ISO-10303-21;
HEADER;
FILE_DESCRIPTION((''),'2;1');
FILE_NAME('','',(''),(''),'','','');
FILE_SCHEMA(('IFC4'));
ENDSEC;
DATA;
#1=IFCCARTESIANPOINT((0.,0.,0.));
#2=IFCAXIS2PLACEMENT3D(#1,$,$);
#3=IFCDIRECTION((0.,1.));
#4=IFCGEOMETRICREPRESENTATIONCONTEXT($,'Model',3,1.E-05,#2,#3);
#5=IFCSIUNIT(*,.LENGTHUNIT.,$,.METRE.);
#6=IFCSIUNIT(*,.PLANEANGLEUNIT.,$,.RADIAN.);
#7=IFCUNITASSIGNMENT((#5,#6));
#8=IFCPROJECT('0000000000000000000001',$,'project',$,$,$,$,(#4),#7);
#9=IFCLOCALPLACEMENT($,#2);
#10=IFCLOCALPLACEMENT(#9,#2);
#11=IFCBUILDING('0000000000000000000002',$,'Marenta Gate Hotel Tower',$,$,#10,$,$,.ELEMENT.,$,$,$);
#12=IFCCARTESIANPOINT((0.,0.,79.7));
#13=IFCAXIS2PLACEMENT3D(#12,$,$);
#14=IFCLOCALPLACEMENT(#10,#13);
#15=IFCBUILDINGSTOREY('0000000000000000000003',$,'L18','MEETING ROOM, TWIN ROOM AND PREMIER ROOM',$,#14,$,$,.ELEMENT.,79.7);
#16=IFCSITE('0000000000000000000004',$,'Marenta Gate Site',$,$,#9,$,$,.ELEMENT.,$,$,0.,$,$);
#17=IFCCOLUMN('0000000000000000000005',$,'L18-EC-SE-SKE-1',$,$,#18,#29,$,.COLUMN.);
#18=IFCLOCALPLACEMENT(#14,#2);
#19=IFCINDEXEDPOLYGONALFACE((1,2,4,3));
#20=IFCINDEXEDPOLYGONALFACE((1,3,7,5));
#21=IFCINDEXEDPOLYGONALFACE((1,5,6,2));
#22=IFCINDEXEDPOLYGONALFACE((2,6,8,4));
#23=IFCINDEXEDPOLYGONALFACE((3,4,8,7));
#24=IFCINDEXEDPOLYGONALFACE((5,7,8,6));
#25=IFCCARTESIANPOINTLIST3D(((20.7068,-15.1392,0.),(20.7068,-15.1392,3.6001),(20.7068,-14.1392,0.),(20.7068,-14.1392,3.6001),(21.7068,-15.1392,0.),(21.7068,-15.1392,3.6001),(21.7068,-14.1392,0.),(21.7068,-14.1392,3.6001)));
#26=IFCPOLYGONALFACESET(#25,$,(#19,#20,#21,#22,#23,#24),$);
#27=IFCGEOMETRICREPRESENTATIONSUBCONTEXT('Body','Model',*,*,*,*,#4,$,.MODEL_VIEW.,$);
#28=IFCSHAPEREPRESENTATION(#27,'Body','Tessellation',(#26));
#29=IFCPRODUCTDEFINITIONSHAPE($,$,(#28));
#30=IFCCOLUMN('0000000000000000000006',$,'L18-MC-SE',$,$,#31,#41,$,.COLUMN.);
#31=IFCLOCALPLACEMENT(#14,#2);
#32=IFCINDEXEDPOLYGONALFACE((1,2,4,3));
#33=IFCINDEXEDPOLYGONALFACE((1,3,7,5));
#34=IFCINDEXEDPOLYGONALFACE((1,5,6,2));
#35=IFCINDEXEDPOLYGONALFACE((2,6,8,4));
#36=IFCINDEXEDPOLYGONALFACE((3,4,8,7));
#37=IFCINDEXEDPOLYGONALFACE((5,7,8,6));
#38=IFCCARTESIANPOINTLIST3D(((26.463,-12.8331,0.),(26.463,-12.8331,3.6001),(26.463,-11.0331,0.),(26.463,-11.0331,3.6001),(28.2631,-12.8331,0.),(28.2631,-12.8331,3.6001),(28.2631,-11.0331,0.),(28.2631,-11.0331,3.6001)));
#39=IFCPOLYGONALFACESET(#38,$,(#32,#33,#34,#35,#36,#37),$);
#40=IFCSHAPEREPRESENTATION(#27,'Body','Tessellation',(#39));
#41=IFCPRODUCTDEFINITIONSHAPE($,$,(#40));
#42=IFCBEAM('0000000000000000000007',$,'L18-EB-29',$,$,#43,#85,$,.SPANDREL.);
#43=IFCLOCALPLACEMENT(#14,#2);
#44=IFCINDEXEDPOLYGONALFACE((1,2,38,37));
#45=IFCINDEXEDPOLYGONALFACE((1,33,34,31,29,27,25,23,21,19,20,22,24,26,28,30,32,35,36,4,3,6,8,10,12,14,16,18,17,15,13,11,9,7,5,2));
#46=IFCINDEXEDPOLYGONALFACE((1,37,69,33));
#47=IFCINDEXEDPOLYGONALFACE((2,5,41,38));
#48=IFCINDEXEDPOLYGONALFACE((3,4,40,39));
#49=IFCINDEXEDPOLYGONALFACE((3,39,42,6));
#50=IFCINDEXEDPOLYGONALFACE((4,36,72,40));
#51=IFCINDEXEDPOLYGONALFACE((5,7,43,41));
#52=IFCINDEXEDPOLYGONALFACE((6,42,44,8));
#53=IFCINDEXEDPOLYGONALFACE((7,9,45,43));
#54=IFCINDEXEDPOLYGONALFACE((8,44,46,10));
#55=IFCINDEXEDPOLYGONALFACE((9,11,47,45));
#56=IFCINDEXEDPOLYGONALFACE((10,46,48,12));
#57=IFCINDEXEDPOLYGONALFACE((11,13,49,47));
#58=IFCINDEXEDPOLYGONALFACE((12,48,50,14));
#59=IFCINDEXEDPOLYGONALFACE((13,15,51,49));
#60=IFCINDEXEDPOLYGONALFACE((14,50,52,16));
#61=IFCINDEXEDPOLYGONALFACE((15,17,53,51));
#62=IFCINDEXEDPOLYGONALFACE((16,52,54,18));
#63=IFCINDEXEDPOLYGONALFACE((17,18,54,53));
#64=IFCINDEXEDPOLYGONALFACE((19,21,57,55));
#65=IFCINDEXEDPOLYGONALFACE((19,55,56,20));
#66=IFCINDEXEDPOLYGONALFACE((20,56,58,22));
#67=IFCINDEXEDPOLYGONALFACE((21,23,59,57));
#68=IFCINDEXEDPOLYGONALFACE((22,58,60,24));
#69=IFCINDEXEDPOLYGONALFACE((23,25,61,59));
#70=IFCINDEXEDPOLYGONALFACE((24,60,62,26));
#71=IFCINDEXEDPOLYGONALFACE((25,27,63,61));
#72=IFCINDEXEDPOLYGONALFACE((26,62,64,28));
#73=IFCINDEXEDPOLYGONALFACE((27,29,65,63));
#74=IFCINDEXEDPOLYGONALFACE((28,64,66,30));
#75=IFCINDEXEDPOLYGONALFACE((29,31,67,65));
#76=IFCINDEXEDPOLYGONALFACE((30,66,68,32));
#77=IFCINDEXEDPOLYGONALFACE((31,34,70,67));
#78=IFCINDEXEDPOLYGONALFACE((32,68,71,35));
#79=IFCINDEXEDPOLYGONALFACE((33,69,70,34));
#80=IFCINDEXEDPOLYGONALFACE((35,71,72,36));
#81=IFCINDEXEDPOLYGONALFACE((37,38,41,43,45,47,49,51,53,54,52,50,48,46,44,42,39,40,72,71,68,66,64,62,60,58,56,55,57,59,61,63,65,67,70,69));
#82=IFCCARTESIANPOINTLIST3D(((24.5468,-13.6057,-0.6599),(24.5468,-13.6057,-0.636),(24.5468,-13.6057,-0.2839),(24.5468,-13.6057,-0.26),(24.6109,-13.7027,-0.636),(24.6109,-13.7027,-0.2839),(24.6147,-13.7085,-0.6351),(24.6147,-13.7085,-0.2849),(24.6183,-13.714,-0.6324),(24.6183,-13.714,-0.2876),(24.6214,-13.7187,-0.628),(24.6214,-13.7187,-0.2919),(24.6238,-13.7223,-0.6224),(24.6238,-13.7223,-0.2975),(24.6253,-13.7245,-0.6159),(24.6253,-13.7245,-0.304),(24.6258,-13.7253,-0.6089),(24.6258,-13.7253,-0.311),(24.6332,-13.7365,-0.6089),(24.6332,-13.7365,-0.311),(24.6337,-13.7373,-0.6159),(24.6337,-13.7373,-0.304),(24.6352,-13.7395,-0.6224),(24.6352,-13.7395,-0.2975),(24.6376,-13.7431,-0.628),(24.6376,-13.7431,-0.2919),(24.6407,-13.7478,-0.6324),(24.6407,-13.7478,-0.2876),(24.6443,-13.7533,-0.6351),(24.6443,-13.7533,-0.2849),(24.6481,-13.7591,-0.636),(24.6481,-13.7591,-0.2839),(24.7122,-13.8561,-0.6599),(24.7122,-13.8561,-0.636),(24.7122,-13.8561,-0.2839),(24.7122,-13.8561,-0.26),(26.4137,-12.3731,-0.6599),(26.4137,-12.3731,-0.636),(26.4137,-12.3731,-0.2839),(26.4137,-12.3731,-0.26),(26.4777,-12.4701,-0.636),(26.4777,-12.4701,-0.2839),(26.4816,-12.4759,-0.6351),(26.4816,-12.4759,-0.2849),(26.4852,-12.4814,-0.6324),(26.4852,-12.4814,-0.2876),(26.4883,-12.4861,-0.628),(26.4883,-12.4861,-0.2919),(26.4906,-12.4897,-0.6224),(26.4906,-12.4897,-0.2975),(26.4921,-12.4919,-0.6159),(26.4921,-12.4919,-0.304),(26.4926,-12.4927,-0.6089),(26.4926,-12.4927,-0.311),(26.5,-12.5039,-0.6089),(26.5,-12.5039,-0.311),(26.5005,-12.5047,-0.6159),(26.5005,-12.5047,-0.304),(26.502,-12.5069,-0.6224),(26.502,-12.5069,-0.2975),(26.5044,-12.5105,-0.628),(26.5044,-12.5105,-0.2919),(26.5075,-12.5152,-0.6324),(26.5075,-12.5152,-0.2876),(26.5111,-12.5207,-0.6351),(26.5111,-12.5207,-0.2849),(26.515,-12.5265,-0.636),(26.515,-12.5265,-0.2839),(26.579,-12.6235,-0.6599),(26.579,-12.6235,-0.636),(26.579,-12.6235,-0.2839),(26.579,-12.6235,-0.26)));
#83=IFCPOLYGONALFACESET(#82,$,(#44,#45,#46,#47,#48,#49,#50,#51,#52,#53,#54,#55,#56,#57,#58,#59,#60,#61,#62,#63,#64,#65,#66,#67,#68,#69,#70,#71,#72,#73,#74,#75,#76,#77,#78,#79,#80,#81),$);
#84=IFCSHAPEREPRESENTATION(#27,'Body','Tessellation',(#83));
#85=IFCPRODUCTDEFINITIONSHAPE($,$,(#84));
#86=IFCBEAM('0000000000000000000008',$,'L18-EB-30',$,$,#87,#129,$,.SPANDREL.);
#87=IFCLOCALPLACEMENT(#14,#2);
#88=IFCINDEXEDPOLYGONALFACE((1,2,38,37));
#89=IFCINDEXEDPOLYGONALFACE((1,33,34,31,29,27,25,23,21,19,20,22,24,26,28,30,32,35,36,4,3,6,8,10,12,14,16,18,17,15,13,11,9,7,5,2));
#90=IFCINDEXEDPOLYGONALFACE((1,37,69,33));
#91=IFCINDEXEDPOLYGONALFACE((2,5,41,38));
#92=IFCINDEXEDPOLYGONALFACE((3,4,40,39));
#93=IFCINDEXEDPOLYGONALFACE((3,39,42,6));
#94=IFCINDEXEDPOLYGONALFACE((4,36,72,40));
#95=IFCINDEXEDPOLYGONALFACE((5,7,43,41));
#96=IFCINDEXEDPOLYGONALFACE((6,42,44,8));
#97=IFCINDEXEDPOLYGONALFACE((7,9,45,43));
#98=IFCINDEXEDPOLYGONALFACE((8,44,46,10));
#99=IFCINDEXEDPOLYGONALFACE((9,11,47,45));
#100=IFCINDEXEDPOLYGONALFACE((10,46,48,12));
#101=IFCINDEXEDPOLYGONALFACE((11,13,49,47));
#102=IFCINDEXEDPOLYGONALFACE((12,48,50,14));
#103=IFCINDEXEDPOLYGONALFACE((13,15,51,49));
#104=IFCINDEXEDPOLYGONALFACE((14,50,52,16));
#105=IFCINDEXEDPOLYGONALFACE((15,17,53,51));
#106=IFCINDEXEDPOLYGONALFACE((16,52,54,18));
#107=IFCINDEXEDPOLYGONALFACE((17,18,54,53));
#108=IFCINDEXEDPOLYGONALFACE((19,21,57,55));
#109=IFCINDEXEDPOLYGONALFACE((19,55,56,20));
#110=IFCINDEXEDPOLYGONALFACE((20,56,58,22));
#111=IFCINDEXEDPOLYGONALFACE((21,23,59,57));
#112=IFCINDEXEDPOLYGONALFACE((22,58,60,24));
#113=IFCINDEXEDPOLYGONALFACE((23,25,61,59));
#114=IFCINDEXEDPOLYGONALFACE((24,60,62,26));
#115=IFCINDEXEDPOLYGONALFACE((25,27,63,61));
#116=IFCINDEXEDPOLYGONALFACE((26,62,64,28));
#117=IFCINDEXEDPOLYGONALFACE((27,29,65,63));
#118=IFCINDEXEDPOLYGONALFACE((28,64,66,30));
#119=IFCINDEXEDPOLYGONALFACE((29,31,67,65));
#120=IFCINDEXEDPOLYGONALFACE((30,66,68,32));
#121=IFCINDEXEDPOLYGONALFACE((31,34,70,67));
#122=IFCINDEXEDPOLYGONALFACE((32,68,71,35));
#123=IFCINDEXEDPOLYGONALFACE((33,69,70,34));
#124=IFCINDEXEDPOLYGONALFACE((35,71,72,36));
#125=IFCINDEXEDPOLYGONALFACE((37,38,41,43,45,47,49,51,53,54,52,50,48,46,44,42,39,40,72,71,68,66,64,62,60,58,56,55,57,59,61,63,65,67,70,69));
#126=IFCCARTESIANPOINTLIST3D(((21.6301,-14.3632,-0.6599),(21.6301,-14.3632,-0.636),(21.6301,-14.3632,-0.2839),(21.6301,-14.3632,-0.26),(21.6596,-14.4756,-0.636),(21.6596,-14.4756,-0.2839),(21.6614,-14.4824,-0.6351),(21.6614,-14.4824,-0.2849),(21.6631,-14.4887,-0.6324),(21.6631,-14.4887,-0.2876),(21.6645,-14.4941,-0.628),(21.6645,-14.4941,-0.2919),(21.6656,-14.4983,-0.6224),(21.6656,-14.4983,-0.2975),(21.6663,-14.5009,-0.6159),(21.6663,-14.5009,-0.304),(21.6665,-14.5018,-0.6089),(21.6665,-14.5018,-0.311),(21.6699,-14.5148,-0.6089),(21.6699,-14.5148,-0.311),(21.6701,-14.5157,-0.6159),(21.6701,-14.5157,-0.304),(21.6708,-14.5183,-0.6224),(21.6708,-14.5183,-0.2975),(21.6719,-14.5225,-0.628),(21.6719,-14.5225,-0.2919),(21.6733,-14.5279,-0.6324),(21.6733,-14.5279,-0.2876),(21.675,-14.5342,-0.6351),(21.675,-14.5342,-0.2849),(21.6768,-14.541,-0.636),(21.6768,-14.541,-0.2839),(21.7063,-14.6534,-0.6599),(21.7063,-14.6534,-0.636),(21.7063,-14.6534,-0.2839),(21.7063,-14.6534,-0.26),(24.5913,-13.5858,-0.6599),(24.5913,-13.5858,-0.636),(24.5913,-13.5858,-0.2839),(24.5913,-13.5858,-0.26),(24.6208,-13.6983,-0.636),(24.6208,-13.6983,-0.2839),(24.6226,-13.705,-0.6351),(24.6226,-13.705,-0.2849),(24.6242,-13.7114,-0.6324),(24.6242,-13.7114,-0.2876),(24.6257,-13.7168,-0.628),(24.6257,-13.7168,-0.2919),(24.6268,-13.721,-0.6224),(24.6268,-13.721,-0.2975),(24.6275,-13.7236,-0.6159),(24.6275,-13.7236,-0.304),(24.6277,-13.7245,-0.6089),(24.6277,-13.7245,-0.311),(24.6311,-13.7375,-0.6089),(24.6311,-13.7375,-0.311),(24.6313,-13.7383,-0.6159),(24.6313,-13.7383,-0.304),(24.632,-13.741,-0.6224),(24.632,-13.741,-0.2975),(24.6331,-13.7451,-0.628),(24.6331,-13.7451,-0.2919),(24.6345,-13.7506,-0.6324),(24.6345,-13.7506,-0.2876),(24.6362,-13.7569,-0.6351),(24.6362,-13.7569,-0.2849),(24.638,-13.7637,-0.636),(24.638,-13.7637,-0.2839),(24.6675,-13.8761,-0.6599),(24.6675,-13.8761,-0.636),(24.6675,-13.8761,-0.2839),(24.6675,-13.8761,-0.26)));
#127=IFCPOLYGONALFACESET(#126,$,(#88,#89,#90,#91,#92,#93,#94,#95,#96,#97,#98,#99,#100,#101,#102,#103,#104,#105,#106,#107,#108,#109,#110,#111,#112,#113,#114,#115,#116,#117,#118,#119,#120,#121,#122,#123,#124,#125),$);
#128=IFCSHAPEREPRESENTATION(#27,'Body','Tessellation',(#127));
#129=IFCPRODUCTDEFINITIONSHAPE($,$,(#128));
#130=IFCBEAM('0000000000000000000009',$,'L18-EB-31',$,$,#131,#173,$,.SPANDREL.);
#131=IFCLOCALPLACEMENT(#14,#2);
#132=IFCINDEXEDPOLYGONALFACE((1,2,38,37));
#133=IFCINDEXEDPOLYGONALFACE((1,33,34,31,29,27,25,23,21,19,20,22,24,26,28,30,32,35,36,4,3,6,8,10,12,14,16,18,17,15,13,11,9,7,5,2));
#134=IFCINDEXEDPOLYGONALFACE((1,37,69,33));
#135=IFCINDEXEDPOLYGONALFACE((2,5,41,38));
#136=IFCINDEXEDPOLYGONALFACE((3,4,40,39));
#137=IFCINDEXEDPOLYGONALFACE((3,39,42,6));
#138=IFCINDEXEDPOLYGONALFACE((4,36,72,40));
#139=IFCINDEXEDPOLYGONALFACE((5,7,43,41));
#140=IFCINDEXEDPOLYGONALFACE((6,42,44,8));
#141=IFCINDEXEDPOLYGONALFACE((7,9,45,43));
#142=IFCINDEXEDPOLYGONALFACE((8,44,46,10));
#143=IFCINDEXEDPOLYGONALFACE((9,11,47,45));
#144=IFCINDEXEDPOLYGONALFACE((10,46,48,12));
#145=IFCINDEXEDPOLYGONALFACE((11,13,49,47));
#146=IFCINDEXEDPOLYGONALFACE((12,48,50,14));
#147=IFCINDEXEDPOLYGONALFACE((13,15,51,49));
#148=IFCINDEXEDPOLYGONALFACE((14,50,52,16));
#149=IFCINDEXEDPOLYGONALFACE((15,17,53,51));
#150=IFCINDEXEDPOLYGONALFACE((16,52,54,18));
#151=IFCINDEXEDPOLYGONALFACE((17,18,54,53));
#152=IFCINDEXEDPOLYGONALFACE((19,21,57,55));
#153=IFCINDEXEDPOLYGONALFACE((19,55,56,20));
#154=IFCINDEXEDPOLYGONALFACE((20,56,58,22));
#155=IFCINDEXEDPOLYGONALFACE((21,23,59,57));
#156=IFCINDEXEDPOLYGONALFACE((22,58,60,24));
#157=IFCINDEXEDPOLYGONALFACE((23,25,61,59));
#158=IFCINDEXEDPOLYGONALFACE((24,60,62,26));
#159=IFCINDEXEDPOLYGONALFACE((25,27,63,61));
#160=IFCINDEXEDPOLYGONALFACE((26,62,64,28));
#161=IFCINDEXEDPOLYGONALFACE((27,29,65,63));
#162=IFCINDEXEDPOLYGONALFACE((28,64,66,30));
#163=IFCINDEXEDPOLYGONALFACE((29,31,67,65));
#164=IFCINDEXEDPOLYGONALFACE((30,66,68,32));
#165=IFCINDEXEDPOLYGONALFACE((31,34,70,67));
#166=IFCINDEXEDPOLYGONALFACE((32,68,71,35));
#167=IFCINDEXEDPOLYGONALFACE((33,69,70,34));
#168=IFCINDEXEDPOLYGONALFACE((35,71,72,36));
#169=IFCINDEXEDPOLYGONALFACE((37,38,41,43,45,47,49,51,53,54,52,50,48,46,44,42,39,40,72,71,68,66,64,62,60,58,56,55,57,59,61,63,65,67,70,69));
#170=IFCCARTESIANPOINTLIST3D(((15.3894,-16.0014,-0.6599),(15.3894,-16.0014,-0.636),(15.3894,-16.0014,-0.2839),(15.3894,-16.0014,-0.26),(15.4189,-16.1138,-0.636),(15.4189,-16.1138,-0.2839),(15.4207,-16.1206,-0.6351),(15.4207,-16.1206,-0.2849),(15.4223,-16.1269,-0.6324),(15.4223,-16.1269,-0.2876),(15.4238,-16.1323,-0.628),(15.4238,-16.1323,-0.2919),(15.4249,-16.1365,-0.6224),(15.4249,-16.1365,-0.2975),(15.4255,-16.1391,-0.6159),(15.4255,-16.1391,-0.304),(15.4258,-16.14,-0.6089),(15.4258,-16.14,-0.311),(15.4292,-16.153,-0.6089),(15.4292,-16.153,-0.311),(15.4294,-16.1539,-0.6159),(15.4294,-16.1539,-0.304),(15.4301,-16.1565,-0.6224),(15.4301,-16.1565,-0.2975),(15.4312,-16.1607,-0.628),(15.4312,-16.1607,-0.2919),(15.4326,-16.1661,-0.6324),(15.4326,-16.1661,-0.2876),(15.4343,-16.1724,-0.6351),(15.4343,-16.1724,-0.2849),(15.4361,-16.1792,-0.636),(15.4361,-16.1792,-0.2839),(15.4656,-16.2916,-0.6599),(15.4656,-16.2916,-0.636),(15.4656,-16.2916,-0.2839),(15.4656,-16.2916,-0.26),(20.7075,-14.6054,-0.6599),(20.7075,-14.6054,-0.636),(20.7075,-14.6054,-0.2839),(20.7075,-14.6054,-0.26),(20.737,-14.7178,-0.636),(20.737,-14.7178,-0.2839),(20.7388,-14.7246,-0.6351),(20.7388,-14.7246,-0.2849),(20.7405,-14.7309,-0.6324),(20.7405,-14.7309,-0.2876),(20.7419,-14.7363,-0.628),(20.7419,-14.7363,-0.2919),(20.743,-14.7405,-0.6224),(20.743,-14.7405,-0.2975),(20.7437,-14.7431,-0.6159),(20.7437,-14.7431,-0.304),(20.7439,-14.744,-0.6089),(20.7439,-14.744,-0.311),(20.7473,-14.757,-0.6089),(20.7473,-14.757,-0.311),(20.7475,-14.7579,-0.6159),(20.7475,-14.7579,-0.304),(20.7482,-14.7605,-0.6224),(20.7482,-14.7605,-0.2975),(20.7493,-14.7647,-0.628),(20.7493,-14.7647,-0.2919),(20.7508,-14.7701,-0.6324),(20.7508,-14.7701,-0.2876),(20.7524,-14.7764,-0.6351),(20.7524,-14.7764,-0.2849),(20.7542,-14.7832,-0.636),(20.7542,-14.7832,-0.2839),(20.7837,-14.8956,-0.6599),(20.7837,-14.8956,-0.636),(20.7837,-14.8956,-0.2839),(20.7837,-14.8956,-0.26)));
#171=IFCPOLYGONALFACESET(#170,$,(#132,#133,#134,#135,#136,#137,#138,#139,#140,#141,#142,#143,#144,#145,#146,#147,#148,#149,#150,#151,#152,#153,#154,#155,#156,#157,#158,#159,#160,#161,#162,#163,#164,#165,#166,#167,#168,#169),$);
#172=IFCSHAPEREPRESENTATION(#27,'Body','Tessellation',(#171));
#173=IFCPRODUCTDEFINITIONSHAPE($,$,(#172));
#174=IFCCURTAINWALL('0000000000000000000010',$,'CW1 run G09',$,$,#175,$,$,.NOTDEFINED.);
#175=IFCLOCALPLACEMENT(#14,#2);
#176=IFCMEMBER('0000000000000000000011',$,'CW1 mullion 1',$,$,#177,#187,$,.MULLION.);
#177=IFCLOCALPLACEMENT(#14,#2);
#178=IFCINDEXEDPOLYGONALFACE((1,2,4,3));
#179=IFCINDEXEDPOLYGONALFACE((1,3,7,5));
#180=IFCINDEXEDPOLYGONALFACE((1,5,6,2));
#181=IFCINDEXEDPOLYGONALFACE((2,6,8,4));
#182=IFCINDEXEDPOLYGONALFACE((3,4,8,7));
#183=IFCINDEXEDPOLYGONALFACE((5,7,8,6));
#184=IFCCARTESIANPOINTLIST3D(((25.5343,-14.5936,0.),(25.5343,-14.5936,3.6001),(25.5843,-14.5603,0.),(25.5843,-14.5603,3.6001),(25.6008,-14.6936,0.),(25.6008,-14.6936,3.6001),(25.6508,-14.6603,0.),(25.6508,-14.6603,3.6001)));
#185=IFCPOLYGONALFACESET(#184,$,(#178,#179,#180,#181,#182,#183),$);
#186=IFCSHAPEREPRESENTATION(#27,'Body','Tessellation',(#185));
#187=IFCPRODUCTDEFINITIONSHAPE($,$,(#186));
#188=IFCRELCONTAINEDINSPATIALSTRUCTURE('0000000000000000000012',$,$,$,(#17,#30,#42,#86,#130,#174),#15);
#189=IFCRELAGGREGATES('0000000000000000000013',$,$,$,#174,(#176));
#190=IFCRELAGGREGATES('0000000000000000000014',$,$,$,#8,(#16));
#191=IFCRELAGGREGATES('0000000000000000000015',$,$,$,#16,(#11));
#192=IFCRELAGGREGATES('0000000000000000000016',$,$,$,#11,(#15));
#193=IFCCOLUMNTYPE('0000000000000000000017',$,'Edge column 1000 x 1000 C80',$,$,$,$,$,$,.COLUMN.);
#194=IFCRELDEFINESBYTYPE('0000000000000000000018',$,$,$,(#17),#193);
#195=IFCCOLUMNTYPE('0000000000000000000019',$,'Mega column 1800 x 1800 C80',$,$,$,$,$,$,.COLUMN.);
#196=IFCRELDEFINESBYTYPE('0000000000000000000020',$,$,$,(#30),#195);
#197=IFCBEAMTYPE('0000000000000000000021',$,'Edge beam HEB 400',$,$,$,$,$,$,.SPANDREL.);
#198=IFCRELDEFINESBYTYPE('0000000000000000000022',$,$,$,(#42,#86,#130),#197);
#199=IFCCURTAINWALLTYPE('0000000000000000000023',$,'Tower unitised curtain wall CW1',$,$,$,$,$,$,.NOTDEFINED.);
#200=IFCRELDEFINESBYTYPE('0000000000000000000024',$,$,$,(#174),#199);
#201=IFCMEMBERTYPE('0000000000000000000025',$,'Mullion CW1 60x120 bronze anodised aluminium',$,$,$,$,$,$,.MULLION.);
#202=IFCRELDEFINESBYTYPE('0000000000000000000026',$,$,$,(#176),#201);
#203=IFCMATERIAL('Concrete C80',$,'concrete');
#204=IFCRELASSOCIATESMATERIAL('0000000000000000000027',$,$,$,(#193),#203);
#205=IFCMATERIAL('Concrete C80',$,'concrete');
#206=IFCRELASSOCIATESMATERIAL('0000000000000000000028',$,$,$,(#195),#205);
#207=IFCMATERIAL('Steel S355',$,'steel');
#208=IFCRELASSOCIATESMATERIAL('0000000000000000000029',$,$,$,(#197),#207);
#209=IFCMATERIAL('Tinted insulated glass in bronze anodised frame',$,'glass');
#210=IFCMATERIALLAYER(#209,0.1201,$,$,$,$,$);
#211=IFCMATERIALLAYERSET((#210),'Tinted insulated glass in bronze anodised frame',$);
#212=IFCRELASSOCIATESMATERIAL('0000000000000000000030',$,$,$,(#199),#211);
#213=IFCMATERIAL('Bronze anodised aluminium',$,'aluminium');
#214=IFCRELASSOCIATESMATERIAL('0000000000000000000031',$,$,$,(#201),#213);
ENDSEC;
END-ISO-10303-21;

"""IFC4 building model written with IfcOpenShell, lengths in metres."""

from ifc_helpers import new_model, si_unit, direction, frame, origin, origin_2d, place, context, subcontext, project, spatial, rectangle, i_section, extrude, material, layer, layer_set, material_profile, profile_set, type_object, element, aggregate, save


model = new_model("IFC4")

# Units and contexts
model_context = context("Model", 3, precision=1e-05, world=origin(), true_north=direction((0.0, 1.0)))
body_context = subcontext(model_context, "Body", "Model", "MODEL_VIEW")
ifc_project = project(units=[si_unit("LENGTHUNIT", "METRE"), si_unit("PLANEANGLEUNIT", "RADIAN")], contexts=[model_context])

# Site, building, storey
site_placement = place(None, origin())
site = spatial("IfcSite", under=ifc_project, at=site_placement, Name="Marenta Gate Site", CompositionType="ELEMENT", RefElevation=0.0)
building_placement = place(site_placement, origin())
building = spatial("IfcBuilding", under=site, at=building_placement, Name="Marenta Gate Hotel Tower", CompositionType="ELEMENT")
storey_placement = place(building_placement, frame((0.0, 0.0, 79.7)))
storey = spatial("IfcBuildingStorey", under=building, at=storey_placement, Name="L18", Description="MEETING ROOM, TWIN ROOM AND PREMIER ROOM", CompositionType="ELEMENT", Elevation=79.7)

# Columns
ifc_material_1 = material(Name="Concrete C80", Category="concrete")
ifc_material_profile_1 = material_profile(ifc_material_1, rectangle(XDim=1.0, YDim=1.0, at=origin_2d()), Name="1000 x 1000")
ifc_profile_set_1 = profile_set([ifc_material_profile_1], Name="Concrete C80")
column_type_1 = type_object("IfcColumnType", Name="Edge column 1000 x 1000 C80", PredefinedType="COLUMN", material=ifc_profile_set_1)
column_1_placement = place(storey_placement, frame((21.2068, -14.6392, 0.0), z_axis=(0.0, 0.0, 1.0), x_axis=(1.0, 0.0, 0.0)))
element("IfcColumn", 1, at=column_1_placement, inside=storey, type_object=column_type_1, Name="L18-EC-SE-SKE-1", PredefinedType="COLUMN", context=body_context, shape_type="SweptSolid", body=[
    extrude(rectangle(XDim=1.0, YDim=1.0, at=origin_2d()), origin(), (0.0, 0.0, 1.0), 3.6001),
])
ifc_material_2 = material(Name="Concrete C80", Category="concrete")
ifc_material_profile_2 = material_profile(ifc_material_2, rectangle(XDim=1.8, YDim=1.8, at=origin_2d()), Name="1800 x 1800")
ifc_profile_set_2 = profile_set([ifc_material_profile_2], Name="Concrete C80")
column_type_2 = type_object("IfcColumnType", Name="Mega column 1800 x 1800 C80", PredefinedType="COLUMN", material=ifc_profile_set_2)
column_2_placement = place(storey_placement, frame((27.363, -11.9331, 0.0), z_axis=(0.0, 0.0, 1.0), x_axis=(1.0, 0.0, 0.0)))
element("IfcColumn", 2, at=column_2_placement, inside=storey, type_object=column_type_2, Name="L18-MC-SE", PredefinedType="COLUMN", context=body_context, shape_type="SweptSolid", body=[
    extrude(rectangle(XDim=1.8, YDim=1.8, at=origin_2d()), origin(), (0.0, 0.0, 1.0), 3.6001),
])

# Beams
ifc_material_3 = material(Name="Steel S355", Category="steel")
ifc_material_profile_3 = material_profile(ifc_material_3, i_section(OverallWidth=0.3, OverallDepth=0.3999, WebThickness=0.0134, FlangeThickness=0.0239, FilletRadius=0.0271, at=origin_2d()), Name="HEB 400")
ifc_profile_set_3 = profile_set([ifc_material_profile_3], Name="Steel S355")
beam_type = type_object("IfcBeamType", Name="Edge beam HEB 400", PredefinedType="SPANDREL", material=ifc_profile_set_3)
beam_1_placement = place(storey_placement, frame((26.4963, -12.4983, -0.46), z_axis=(-0.83451, -0.550993, 0.0), x_axis=(0.550993, -0.83451, 0.0)))
element("IfcBeam", 3, at=beam_1_placement, inside=storey, type_object=beam_type, Name="L18-EB-29", PredefinedType="SPANDREL", context=body_context, shape_type="SweptSolid", body=[
    extrude(i_section(OverallWidth=0.3, OverallDepth=0.3999, WebThickness=0.0134, FlangeThickness=0.0239, FilletRadius=0.0271, at=origin_2d()), origin(), (0.0, 0.0, 1.0), 2.2371),
])
beam_2_placement = place(storey_placement, frame((24.6294, -13.731, -0.46), z_axis=(-0.967228, -0.253908, 0.0), x_axis=(0.253908, -0.967228, 0.0)))
element("IfcBeam", 4, at=beam_2_placement, inside=storey, type_object=beam_type, Name="L18-EB-30", PredefinedType="SPANDREL", context=body_context, shape_type="SweptSolid", body=[
    extrude(i_section(OverallWidth=0.3, OverallDepth=0.3999, WebThickness=0.0134, FlangeThickness=0.0239, FilletRadius=0.0271, at=origin_2d()), origin(), (0.0, 0.0, 1.0), 3.0615),
])
beam_3_placement = place(storey_placement, frame((20.7456, -14.7505, -0.46), z_axis=(-0.967231, -0.253897, 0.0), x_axis=(0.253897, -0.967231, 0.0)))
element("IfcBeam", 5, at=beam_3_placement, inside=storey, type_object=beam_type, Name="L18-EB-31", PredefinedType="SPANDREL", context=body_context, shape_type="SweptSolid", body=[
    extrude(i_section(OverallWidth=0.3, OverallDepth=0.3999, WebThickness=0.0134, FlangeThickness=0.0239, FilletRadius=0.0271, at=origin_2d()), origin(), (0.0, 0.0, 1.0), 5.4983),
])

# Curtain wall, member
ifc_material_4 = material(Name="Tinted insulated glass in bronze anodised frame", Category="glass")
ifc_layer_1 = layer(ifc_material_4, 0.1201)
ifc_layer_set_1 = layer_set([ifc_layer_1], Name="Tinted insulated glass in bronze anodised frame")
curtain_wall_type = type_object("IfcCurtainWallType", Name="Tower unitised curtain wall CW1", PredefinedType="NOTDEFINED", material=ifc_layer_set_1)
curtain_wall_1_placement = place(storey_placement, origin())
curtain_wall_1 = element("IfcCurtainWall", 6, at=curtain_wall_1_placement, inside=storey, type_object=curtain_wall_type, Name="CW1 run G09", PredefinedType="NOTDEFINED")
ifc_material_5 = material(Name="Bronze anodised aluminium", Category="aluminium")
ifc_material_profile_4 = material_profile(ifc_material_5, rectangle(XDim=0.1201, YDim=0.0601, at=origin_2d()), Name="Mullion CW1 60x120 bronze anodised aluminium")
ifc_profile_set_4 = profile_set([ifc_material_profile_4], Name="Bronze anodised aluminium")
member_type_1 = type_object("IfcMemberType", Name="Mullion CW1 60x120 bronze anodised aluminium", PredefinedType="MULLION", material=ifc_profile_set_4)
member_1_placement = place(storey_placement, frame((25.5925, -14.627, 0.0), z_axis=(0.0, 0.0, 1.0), x_axis=(-0.554034, 0.832494, 0.0)))
member_1 = element("IfcMember", 7, at=member_1_placement, type_object=member_type_1, Name="CW1 mullion 1", PredefinedType="MULLION", context=body_context, shape_type="SweptSolid", body=[
    extrude(rectangle(XDim=0.1201, YDim=0.0601, at=origin_2d()), origin(), (0.0, 0.0, 1.0), 3.6001),
])

aggregate(curtain_wall_1, [member_1])

save(model, "model.ifc")
